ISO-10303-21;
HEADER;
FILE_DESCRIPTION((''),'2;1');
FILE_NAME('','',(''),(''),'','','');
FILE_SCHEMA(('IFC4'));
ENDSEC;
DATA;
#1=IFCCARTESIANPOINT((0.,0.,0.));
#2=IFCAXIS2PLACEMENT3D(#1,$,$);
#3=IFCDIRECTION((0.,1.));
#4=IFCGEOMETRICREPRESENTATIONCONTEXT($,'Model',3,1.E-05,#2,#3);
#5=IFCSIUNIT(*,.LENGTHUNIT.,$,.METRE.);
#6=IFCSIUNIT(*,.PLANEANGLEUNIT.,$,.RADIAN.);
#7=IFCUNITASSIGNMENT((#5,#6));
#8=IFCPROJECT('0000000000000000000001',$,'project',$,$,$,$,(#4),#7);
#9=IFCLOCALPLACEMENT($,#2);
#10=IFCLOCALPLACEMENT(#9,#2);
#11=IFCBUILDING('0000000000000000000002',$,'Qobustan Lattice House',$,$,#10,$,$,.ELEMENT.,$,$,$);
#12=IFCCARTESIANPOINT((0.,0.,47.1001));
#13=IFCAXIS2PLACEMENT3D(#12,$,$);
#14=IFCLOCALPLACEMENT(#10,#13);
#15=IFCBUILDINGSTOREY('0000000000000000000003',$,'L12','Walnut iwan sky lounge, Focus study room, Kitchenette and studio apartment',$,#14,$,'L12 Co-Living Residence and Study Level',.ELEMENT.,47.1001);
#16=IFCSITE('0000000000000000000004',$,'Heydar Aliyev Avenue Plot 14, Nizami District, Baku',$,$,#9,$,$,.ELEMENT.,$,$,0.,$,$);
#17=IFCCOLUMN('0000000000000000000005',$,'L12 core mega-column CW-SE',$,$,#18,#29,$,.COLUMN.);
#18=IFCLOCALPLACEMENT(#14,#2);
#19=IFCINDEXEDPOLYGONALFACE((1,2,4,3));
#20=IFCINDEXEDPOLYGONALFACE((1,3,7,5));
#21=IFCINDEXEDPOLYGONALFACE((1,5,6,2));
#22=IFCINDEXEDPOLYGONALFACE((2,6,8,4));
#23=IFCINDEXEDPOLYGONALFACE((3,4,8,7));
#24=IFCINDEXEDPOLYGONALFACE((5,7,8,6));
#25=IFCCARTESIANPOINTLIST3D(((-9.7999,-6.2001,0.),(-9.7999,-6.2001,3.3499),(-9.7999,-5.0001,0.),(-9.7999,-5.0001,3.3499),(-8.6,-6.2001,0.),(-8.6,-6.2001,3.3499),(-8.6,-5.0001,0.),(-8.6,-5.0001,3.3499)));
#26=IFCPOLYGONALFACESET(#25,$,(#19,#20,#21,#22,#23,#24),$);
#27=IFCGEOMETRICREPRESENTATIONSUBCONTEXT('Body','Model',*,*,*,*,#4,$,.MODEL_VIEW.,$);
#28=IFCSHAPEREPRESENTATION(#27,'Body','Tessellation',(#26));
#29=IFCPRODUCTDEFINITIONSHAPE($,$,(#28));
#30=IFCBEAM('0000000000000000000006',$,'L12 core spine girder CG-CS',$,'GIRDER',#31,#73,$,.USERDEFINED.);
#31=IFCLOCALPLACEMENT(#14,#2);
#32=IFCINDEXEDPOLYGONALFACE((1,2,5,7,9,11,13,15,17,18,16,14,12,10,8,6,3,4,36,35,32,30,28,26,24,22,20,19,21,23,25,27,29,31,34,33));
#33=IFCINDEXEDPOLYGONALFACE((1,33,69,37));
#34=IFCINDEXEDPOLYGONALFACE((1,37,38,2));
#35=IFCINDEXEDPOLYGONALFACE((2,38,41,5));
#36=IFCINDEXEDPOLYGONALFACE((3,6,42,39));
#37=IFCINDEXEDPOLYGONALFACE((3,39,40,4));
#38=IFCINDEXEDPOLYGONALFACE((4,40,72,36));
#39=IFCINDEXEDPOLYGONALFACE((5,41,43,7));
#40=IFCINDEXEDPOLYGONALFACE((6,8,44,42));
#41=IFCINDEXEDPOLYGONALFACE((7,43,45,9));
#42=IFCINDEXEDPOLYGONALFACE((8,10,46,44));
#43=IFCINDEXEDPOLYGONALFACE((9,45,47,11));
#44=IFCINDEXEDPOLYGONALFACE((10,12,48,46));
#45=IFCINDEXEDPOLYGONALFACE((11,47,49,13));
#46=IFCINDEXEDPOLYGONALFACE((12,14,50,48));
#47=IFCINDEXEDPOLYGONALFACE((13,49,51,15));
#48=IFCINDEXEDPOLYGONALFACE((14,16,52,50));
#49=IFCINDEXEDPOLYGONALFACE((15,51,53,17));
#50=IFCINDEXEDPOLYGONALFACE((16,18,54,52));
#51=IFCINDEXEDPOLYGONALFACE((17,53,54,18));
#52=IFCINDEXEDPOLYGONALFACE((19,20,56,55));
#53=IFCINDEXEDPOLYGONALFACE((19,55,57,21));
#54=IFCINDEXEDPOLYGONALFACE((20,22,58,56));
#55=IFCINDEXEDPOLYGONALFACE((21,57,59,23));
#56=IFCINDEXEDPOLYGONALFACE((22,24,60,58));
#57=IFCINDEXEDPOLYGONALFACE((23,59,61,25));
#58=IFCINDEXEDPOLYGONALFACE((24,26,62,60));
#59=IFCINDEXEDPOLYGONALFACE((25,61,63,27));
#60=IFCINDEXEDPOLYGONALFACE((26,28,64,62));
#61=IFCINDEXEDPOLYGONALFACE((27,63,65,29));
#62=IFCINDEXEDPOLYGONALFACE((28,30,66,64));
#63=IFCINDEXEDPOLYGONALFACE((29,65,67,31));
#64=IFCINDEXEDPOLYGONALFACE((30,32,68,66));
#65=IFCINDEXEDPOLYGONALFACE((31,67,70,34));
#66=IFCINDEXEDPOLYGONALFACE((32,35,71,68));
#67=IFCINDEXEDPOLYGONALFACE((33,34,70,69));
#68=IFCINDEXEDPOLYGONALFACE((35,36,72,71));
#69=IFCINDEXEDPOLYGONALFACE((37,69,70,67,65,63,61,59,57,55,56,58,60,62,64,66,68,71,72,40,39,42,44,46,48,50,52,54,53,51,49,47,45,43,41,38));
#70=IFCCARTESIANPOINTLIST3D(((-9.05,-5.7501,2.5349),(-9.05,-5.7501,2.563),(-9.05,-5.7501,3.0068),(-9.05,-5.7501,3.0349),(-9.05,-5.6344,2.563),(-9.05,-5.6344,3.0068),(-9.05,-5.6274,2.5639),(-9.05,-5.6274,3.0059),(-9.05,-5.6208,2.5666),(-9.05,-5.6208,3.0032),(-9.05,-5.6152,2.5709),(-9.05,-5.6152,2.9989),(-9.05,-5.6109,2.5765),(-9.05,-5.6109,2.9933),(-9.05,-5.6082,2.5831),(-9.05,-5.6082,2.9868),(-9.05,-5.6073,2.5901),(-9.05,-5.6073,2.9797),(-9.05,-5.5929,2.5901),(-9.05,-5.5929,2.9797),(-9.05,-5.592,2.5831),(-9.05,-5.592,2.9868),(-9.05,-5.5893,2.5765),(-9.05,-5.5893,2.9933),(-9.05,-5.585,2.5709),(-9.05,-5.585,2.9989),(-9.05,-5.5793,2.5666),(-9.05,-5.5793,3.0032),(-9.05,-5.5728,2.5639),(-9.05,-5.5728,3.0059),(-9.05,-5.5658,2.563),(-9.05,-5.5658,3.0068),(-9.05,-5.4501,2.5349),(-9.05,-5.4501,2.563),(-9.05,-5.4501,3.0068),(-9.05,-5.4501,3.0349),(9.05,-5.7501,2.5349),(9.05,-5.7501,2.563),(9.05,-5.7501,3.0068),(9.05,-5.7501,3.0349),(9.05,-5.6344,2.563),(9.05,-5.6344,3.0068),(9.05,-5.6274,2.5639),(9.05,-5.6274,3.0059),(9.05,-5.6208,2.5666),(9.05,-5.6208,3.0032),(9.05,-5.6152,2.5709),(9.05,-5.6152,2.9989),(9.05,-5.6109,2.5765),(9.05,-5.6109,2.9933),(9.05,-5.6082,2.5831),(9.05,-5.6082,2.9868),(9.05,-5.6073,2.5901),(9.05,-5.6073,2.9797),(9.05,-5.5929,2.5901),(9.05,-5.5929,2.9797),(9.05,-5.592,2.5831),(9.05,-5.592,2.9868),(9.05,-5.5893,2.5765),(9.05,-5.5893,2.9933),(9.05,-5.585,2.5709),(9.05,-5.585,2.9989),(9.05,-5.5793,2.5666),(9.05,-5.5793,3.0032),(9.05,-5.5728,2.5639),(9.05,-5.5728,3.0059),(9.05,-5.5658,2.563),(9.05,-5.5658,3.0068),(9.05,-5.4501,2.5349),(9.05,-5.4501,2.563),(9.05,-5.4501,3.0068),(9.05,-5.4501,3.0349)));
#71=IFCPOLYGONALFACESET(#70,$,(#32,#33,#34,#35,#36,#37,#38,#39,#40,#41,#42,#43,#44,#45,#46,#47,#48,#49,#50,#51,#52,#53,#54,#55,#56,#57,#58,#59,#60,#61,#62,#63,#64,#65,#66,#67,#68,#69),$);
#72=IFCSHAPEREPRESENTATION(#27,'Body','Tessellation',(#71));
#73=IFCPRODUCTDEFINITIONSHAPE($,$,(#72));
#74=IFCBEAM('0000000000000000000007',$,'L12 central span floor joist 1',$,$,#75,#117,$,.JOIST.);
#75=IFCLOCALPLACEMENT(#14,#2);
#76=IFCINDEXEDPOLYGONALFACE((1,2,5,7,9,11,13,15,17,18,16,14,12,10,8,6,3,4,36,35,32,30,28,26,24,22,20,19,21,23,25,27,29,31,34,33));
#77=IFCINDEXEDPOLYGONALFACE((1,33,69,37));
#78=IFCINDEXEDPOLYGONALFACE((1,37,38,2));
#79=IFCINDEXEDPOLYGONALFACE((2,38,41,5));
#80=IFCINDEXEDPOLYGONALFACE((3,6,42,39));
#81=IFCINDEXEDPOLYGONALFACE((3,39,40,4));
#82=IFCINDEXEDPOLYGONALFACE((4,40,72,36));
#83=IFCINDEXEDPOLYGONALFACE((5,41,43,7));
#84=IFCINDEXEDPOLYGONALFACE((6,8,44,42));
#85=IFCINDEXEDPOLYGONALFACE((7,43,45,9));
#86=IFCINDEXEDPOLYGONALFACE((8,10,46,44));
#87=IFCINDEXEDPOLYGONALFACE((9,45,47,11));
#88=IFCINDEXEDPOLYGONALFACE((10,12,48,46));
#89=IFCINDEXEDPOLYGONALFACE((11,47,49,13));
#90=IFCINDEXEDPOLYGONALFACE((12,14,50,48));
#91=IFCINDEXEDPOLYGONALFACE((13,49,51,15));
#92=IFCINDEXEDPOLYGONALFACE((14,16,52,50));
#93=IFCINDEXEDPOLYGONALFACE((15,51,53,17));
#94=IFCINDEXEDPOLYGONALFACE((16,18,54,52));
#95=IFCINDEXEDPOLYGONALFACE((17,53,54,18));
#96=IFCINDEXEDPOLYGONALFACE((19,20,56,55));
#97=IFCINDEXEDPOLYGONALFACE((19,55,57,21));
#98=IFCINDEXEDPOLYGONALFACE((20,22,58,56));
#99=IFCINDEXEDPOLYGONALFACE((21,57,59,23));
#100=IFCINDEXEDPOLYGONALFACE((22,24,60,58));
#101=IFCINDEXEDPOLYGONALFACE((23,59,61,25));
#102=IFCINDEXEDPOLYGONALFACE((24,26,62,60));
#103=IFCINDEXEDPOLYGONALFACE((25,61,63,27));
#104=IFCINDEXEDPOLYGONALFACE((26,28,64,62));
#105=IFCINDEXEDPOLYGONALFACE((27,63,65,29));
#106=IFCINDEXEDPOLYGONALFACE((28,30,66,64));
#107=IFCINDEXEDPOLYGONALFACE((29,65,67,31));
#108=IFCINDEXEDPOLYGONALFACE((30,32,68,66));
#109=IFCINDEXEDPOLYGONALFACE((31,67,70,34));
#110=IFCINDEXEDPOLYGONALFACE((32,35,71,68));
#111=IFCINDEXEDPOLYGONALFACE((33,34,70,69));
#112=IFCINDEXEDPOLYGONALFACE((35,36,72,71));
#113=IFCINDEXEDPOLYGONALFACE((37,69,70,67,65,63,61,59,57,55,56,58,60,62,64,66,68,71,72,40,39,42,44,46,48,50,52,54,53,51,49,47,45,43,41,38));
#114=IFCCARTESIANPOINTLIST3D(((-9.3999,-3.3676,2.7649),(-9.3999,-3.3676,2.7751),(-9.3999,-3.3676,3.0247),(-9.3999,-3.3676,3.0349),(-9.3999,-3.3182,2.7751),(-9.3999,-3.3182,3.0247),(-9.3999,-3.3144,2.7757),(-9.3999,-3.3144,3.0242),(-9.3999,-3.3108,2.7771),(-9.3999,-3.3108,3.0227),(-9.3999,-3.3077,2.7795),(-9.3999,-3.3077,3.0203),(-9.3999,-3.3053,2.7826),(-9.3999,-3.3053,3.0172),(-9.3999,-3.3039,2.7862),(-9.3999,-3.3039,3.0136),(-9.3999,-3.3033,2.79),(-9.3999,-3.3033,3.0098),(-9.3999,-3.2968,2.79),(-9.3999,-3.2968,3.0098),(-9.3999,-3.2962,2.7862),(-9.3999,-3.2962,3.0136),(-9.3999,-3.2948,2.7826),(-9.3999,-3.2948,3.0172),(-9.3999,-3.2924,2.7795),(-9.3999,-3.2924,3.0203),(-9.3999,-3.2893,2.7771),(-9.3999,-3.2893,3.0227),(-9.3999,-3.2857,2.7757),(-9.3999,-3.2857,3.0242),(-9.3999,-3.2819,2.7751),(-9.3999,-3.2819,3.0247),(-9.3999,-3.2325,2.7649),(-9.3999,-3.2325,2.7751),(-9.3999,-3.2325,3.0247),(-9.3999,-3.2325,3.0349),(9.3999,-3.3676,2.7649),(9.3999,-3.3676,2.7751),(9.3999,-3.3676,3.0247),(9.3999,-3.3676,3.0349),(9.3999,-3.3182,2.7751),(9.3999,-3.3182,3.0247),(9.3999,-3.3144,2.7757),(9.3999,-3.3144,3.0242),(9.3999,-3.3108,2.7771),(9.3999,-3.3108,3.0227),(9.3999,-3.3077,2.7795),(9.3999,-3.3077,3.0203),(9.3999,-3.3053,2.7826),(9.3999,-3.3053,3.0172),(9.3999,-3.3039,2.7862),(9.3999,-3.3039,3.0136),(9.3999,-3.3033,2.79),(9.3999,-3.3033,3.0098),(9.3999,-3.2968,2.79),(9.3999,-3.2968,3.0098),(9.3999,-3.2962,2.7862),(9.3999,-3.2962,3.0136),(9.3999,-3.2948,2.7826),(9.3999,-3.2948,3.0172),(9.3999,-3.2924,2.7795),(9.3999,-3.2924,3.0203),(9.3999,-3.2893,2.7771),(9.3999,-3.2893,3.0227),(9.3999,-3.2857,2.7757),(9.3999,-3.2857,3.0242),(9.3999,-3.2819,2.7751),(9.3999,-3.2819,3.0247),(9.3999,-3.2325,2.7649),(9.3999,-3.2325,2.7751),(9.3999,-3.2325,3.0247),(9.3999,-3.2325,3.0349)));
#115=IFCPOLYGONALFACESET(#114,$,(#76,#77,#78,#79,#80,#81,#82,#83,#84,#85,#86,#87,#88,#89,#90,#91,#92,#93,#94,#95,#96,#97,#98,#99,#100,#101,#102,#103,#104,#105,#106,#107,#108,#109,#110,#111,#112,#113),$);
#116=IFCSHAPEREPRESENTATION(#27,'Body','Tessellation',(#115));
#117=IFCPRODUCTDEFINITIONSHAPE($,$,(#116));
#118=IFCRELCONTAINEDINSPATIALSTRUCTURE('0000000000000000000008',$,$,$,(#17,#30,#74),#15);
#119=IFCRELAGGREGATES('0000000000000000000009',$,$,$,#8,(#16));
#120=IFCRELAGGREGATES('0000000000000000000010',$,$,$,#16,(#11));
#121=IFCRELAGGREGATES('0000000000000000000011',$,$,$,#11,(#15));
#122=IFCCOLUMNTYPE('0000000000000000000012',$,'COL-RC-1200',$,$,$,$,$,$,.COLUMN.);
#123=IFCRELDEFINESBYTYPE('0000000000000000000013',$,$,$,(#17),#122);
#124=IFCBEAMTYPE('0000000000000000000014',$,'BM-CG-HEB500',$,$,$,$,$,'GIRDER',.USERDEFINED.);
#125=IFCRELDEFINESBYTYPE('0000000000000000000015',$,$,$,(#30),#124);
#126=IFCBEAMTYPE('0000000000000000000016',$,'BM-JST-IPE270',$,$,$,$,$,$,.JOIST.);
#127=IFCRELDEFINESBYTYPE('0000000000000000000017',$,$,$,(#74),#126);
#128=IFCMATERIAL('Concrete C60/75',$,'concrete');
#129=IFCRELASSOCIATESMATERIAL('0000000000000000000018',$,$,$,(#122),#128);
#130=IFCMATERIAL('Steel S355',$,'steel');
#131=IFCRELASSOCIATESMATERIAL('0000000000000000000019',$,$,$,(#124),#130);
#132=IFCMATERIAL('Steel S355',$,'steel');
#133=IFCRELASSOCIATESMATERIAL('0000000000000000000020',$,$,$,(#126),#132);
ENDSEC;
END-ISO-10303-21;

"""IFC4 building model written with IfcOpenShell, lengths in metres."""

from ifc_helpers import new_model, si_unit, direction, frame, origin, origin_2d, place, context, subcontext, project, spatial, rectangle, i_section, extrude, material, material_profile, profile_set, type_object, element, save


model = new_model("IFC4")

# Units and contexts
model_context = context("Model", 3, precision=1e-05, world=origin(), true_north=direction((0.0, 1.0)))
body_context = subcontext(model_context, "Body", "Model", "MODEL_VIEW")
ifc_project = project(units=[si_unit("LENGTHUNIT", "METRE"), si_unit("PLANEANGLEUNIT", "RADIAN")], contexts=[model_context])

# Site, building, storey
site_placement = place(None, origin())
site = spatial("IfcSite", under=ifc_project, at=site_placement, Name="Heydar Aliyev Avenue Plot 14, Nizami District, Baku", CompositionType="ELEMENT", RefElevation=0.0)
building_placement = place(site_placement, origin())
building = spatial("IfcBuilding", under=site, at=building_placement, Name="Qobustan Lattice House", CompositionType="ELEMENT")
storey_placement = place(building_placement, frame((0.0, 0.0, 47.1001)))
storey = spatial("IfcBuildingStorey", under=building, at=storey_placement, Name="L12", Description="Walnut iwan sky lounge, Focus study room, Kitchenette and studio apartment", LongName="L12 Co-Living Residence and Study Level", CompositionType="ELEMENT", Elevation=47.1001)

# Column
ifc_material_1 = material(Name="Concrete C60/75", Category="concrete")
ifc_material_profile_1 = material_profile(ifc_material_1, rectangle(XDim=1.2, YDim=1.2, at=origin_2d()), Name="RC1200x1200")
ifc_profile_set_1 = profile_set([ifc_material_profile_1], Name="Concrete C60/75")
column_type = type_object("IfcColumnType", Name="COL-RC-1200", PredefinedType="COLUMN", material=ifc_profile_set_1)
column_placement = place(storey_placement, frame((-9.2, -5.6001, 0.0), z_axis=(0.0, 0.0, 1.0), x_axis=(1.0, 0.0, 0.0)))
element("IfcColumn", 1, at=column_placement, inside=storey, type_object=column_type, Name="L12 core mega-column CW-SE", PredefinedType="COLUMN", context=body_context, shape_type="SweptSolid", body=[
    extrude(rectangle(XDim=1.2, YDim=1.2, at=origin_2d()), origin(), (0.0, 0.0, 1.0), 3.3499),
])

# Beams
ifc_material_2 = material(Name="Steel S355", Category="steel")
ifc_material_profile_2 = material_profile(ifc_material_2, i_section(OverallWidth=0.3, OverallDepth=0.5, WebThickness=0.0144, FlangeThickness=0.0281, FilletRadius=0.0271, at=origin_2d()), Name="HEB500")
ifc_profile_set_2 = profile_set([ifc_material_profile_2], Name="Steel S355")
beam_type_1 = type_object("IfcBeamType", Name="BM-CG-HEB500", ElementType="GIRDER", PredefinedType="USERDEFINED", material=ifc_profile_set_2)
beam_1_placement = place(storey_placement, frame((-9.05, -5.6001, 2.7849), z_axis=(1.0, 0.0, 0.0), x_axis=(0.0, 1.0, 0.0)))
element("IfcBeam", 2, at=beam_1_placement, inside=storey, type_object=beam_type_1, Name="L12 core spine girder CG-CS", ObjectType="GIRDER", PredefinedType="USERDEFINED", context=body_context, shape_type="SweptSolid", body=[
    extrude(i_section(OverallWidth=0.3, OverallDepth=0.5, WebThickness=0.0144, FlangeThickness=0.0281, FilletRadius=0.0271, at=origin_2d()), origin(), (0.0, 0.0, 1.0), 18.1001),
])
ifc_material_3 = material(Name="Steel S355", Category="steel")
ifc_material_profile_3 = material_profile(ifc_material_3, i_section(OverallWidth=0.135, OverallDepth=0.27, WebThickness=0.0066, FlangeThickness=0.0103, FilletRadius=0.0149, at=origin_2d()), Name="IPE270")
ifc_profile_set_3 = profile_set([ifc_material_profile_3], Name="Steel S355")
beam_type_2 = type_object("IfcBeamType", Name="BM-JST-IPE270", PredefinedType="JOIST", material=ifc_profile_set_3)
beam_2_placement = place(storey_placement, frame((-9.3999, -3.3, 2.8999), z_axis=(1.0, 0.0, 0.0), x_axis=(0.0, 1.0, 0.0)))
element("IfcBeam", 3, at=beam_2_placement, inside=storey, type_object=beam_type_2, Name="L12 central span floor joist 1", PredefinedType="JOIST", context=body_context, shape_type="SweptSolid", body=[
    extrude(i_section(OverallWidth=0.135, OverallDepth=0.27, WebThickness=0.0066, FlangeThickness=0.0103, FilletRadius=0.0149, at=origin_2d()), origin(), (0.0, 0.0, 1.0), 18.7998),
])

save(model, "model.ifc")
